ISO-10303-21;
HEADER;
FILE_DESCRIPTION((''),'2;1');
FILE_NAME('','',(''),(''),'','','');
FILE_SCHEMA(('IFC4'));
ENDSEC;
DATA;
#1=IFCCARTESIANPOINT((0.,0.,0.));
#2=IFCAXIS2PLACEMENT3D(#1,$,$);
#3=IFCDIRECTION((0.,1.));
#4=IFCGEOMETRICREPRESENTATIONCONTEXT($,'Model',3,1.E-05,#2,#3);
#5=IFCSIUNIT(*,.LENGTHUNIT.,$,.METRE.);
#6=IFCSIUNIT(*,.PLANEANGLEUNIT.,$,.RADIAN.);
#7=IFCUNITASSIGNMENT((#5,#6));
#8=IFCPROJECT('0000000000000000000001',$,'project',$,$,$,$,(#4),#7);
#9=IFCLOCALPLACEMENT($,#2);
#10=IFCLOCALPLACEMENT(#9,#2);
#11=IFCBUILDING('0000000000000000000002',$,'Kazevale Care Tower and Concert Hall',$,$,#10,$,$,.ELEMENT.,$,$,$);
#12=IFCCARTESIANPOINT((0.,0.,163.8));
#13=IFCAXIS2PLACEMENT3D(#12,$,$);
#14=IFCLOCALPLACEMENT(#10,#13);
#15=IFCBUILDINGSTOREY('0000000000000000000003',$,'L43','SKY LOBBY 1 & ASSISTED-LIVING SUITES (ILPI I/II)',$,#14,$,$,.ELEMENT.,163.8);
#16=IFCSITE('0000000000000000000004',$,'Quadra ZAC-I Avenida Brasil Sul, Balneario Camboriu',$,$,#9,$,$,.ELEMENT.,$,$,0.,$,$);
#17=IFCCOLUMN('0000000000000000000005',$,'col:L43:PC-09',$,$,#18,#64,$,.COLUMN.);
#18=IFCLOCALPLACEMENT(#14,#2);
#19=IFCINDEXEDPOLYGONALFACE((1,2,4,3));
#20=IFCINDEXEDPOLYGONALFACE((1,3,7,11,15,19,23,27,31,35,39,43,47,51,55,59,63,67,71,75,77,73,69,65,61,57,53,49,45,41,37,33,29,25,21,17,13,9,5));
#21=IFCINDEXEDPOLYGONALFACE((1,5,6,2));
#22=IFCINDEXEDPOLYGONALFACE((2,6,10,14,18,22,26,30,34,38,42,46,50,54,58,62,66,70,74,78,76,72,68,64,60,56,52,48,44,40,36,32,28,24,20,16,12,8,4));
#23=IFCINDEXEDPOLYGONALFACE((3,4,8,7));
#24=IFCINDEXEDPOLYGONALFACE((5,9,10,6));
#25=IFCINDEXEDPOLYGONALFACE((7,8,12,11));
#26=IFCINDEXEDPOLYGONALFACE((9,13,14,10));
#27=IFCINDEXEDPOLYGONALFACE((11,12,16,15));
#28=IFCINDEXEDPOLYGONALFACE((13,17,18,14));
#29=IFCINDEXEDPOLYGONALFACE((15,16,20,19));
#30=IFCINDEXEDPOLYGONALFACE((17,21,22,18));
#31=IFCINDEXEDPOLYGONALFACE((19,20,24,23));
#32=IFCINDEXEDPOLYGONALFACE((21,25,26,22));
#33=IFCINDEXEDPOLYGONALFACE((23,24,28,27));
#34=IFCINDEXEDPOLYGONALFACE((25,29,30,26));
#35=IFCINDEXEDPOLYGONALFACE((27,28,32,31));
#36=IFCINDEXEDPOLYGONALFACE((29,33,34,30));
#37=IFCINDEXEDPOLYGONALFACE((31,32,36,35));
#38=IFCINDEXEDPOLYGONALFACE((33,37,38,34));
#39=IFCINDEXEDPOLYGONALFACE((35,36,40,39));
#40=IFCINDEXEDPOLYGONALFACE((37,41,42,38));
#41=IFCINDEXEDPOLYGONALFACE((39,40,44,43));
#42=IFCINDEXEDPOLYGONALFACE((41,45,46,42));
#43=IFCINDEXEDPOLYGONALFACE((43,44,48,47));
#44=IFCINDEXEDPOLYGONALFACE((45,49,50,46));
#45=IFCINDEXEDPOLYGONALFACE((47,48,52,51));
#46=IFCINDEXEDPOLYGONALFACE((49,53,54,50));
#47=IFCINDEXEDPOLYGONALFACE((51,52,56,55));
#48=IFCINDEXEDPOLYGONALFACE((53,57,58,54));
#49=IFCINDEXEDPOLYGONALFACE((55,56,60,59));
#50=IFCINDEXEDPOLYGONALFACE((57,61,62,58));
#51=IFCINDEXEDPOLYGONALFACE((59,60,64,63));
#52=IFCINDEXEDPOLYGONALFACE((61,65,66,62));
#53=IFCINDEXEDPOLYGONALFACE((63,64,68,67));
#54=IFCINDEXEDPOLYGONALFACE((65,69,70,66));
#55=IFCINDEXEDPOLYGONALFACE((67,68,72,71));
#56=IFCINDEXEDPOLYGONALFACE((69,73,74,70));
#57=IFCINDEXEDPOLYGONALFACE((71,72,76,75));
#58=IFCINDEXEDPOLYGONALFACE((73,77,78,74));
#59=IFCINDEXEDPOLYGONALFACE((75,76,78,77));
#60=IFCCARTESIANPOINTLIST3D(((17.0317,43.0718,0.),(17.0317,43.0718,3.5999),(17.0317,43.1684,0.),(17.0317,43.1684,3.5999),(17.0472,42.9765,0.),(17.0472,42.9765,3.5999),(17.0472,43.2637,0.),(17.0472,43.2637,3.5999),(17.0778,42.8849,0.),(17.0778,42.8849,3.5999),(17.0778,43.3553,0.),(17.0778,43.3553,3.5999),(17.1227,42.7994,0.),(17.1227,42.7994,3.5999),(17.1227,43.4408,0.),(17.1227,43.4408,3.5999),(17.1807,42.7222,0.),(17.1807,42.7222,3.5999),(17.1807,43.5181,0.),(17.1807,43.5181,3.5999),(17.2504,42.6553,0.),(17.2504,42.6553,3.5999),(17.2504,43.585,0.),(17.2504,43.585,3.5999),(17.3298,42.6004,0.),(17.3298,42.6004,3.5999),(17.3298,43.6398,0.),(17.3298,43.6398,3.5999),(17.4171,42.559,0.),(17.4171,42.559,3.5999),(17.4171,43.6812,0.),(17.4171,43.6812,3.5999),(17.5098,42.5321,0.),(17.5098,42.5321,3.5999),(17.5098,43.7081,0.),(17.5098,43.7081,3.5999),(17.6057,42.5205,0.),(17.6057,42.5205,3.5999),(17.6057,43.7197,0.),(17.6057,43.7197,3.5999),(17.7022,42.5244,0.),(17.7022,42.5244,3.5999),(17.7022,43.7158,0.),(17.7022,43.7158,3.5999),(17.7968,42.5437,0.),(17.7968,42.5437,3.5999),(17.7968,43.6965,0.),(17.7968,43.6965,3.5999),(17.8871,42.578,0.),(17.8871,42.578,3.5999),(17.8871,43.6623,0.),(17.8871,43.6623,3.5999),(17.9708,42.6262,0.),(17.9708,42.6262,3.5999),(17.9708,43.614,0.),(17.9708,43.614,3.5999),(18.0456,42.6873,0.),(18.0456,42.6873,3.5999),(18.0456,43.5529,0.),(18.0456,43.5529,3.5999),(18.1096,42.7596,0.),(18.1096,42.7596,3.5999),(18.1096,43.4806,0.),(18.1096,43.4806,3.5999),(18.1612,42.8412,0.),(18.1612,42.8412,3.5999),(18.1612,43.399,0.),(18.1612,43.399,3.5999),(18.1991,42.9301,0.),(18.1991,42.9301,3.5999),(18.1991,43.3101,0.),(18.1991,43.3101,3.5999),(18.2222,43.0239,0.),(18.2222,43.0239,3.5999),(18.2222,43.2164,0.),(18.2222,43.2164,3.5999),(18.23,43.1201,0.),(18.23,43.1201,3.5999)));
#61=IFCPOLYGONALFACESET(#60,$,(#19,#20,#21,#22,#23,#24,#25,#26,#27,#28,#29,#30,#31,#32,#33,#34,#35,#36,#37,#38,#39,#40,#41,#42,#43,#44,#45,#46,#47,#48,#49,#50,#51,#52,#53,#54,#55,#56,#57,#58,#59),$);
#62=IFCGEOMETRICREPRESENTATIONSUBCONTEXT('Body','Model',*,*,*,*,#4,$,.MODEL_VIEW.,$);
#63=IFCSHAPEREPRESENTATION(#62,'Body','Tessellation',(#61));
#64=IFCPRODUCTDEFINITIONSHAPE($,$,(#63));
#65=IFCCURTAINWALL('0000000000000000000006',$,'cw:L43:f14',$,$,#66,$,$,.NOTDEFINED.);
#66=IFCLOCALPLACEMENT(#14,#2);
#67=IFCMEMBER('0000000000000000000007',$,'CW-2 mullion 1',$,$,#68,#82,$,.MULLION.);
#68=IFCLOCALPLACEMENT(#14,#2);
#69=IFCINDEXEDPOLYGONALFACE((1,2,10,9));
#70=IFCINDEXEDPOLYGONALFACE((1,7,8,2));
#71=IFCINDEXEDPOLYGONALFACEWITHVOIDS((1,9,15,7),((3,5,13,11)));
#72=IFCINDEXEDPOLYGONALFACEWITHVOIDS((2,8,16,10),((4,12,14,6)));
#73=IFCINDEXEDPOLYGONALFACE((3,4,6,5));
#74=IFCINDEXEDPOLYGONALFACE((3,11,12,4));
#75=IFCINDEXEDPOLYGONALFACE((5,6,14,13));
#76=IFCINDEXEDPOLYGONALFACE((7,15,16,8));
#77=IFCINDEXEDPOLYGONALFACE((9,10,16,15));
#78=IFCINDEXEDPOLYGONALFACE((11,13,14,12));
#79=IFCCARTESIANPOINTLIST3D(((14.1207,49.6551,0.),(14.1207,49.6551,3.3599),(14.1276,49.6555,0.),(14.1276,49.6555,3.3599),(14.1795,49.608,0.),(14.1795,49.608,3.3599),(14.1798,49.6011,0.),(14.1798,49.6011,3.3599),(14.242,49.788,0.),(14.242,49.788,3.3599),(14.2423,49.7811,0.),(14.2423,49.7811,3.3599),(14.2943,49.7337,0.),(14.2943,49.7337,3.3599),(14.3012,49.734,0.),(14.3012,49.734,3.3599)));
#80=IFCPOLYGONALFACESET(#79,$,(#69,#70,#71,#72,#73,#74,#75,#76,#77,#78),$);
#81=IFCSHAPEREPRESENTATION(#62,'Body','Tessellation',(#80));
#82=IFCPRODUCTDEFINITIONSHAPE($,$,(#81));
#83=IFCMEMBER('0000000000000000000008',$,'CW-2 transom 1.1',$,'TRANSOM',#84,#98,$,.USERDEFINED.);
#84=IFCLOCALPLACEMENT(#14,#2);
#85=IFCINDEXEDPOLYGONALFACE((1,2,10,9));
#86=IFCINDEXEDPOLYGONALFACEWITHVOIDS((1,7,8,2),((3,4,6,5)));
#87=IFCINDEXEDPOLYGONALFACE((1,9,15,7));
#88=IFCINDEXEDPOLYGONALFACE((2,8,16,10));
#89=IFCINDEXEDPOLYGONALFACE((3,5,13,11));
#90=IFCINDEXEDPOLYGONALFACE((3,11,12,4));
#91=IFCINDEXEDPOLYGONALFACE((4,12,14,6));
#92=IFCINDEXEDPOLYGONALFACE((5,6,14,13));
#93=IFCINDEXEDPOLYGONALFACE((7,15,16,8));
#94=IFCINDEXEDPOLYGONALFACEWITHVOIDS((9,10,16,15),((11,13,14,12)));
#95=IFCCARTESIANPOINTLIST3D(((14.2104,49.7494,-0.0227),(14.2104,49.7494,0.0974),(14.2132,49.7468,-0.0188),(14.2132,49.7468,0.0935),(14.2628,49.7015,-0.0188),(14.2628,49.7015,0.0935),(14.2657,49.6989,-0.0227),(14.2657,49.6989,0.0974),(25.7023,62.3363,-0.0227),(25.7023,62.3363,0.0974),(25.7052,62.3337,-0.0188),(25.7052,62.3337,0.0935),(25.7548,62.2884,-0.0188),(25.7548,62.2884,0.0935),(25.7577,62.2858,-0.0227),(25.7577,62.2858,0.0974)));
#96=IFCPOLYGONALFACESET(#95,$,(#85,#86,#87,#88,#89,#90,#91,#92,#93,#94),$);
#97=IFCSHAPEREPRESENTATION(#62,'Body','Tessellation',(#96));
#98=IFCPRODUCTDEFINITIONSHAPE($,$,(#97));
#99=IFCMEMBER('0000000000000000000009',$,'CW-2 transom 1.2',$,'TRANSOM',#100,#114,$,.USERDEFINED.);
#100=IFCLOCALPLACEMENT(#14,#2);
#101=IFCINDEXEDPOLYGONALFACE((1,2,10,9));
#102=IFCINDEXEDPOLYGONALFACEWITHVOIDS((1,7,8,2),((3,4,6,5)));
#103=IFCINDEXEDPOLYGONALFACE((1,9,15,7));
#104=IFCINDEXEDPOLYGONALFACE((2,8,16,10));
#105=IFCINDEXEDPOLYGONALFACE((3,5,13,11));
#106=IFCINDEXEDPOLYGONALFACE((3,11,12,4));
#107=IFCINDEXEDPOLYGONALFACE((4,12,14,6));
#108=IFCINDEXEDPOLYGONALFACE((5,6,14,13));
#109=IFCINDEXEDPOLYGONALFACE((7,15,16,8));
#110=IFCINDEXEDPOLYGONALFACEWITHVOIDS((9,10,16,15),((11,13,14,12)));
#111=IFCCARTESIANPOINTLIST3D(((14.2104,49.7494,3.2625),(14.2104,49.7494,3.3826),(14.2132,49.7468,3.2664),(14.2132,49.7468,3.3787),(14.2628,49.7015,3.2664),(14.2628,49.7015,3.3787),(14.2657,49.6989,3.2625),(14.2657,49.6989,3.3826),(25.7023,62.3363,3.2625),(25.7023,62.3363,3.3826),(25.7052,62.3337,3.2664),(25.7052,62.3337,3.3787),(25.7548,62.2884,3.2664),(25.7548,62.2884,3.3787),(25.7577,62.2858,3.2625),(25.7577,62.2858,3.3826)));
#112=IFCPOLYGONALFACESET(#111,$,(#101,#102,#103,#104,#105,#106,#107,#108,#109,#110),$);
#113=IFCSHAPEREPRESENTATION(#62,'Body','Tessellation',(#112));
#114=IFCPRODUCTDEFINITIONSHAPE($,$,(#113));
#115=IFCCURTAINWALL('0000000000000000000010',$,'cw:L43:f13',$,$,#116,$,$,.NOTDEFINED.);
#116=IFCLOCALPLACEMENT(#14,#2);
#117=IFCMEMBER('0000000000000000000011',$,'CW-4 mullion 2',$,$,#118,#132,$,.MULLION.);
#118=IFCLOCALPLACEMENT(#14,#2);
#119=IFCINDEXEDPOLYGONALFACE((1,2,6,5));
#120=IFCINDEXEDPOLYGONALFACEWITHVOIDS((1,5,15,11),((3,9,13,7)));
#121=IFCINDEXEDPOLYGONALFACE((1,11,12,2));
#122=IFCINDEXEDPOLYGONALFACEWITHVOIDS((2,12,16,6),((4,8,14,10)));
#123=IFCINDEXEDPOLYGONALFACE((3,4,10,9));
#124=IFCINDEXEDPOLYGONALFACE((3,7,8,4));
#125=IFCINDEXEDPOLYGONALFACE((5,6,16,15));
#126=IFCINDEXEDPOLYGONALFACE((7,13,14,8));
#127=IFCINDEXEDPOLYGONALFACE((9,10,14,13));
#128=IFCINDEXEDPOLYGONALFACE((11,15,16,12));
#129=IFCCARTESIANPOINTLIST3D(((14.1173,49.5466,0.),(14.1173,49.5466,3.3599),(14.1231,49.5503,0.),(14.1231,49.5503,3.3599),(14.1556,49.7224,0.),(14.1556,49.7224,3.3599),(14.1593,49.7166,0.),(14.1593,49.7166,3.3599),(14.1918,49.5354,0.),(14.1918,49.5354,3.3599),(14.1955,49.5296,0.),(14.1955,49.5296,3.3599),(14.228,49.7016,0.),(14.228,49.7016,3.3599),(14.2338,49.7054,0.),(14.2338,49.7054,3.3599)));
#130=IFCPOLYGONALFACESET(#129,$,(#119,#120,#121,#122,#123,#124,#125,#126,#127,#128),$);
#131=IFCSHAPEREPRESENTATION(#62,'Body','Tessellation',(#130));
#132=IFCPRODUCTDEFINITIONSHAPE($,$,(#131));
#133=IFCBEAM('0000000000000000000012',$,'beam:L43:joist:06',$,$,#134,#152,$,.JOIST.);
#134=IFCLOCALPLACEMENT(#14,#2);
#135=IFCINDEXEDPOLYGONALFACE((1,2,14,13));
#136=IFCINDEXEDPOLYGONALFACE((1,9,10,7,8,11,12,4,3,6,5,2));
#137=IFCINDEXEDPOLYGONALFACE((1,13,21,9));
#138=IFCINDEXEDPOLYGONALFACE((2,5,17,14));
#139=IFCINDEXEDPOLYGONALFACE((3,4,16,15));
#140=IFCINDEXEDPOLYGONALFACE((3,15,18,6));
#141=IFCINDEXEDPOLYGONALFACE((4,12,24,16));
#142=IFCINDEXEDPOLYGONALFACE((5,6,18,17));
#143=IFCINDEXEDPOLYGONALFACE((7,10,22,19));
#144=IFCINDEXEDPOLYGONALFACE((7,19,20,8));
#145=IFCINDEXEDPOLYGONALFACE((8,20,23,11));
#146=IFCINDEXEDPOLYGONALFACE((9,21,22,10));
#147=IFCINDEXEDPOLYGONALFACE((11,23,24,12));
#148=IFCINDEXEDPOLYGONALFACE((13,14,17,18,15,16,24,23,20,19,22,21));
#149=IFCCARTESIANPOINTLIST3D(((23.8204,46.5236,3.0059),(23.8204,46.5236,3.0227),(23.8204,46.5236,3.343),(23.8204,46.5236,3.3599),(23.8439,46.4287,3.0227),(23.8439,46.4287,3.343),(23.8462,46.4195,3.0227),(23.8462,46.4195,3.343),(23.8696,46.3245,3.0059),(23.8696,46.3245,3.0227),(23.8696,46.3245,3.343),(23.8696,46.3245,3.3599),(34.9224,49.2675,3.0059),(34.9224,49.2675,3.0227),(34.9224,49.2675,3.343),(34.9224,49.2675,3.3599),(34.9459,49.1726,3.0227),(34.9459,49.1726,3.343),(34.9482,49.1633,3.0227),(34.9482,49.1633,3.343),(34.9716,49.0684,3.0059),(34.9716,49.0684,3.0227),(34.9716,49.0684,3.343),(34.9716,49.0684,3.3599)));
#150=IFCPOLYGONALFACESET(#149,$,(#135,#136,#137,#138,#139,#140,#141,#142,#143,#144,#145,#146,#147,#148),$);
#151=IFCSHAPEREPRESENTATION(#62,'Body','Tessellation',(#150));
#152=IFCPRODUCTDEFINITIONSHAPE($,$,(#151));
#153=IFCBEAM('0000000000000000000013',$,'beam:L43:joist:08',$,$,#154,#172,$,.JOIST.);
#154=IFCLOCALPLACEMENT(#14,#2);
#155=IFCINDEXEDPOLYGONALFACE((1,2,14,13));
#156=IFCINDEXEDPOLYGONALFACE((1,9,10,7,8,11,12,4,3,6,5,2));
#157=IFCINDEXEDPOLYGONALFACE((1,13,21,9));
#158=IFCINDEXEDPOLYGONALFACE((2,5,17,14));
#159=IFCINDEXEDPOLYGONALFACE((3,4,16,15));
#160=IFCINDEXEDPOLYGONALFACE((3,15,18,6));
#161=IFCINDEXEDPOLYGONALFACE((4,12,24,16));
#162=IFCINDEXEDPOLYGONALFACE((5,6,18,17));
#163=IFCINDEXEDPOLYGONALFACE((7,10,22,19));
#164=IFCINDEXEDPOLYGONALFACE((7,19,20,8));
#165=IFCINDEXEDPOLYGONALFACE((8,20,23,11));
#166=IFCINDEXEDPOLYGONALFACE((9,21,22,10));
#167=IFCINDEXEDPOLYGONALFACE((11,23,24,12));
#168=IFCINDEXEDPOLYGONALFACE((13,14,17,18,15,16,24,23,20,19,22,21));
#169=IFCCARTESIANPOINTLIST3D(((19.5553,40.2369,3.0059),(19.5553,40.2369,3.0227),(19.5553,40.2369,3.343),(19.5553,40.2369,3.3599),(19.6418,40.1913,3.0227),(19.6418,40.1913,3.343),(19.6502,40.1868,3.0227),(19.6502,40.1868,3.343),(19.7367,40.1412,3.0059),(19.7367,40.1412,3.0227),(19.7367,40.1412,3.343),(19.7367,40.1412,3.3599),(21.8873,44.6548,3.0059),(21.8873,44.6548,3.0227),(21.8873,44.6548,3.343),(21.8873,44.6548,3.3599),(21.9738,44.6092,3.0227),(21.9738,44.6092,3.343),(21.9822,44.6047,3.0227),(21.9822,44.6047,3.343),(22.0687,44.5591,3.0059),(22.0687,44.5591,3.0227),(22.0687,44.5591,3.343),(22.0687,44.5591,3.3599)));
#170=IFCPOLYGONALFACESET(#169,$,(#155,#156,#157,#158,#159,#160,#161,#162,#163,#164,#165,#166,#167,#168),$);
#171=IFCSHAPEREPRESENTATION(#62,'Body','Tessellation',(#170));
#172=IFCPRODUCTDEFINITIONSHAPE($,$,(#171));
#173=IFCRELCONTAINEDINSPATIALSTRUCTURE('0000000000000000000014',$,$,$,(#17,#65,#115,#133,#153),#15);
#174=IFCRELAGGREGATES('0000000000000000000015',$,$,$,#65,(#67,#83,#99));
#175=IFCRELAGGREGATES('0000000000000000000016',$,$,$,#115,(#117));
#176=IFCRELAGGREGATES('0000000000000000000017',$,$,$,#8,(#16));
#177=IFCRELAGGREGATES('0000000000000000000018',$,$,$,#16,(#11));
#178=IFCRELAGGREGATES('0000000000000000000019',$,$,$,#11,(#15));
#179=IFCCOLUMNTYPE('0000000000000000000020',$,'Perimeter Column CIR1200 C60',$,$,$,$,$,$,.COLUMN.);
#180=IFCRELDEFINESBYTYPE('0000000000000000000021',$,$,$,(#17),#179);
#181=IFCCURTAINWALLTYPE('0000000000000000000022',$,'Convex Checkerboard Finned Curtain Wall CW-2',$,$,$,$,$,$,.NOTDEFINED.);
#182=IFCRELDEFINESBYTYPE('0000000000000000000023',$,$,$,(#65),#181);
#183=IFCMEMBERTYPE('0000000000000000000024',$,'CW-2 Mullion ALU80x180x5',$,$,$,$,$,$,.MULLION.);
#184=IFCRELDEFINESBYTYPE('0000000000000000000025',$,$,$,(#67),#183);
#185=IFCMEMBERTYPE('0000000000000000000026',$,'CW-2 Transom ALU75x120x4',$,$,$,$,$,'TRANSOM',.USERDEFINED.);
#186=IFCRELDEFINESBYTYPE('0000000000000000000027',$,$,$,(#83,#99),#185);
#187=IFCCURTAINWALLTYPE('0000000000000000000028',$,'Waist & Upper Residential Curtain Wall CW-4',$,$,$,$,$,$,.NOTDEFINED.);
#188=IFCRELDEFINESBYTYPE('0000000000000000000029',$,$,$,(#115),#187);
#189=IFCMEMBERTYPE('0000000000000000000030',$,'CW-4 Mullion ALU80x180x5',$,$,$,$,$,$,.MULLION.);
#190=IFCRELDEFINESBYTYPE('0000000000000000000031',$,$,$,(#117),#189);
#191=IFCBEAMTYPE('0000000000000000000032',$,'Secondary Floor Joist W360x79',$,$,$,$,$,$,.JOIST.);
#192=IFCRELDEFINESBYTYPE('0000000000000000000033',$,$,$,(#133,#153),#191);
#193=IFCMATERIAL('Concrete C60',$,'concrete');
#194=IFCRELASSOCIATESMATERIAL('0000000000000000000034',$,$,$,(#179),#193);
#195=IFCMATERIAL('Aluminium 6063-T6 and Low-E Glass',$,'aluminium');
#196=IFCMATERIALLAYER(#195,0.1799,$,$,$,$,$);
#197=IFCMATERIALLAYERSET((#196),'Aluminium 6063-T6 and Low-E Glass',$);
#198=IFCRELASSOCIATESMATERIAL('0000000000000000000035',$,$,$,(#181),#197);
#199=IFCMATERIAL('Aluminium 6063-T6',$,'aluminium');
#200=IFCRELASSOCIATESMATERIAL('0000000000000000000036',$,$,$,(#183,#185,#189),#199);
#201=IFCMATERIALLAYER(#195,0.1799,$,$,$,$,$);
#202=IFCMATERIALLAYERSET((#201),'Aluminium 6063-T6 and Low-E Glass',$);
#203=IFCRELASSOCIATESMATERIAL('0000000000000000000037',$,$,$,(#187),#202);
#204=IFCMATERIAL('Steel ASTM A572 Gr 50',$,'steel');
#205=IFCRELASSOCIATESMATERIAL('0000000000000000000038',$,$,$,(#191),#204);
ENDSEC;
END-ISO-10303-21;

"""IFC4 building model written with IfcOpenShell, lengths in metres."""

from ifc_helpers import new_model, si_unit, direction, frame, origin, origin_2d, place, context, subcontext, project, spatial, hollow_rectangle, circle, i_section, extrude, material, layer, layer_set, material_profile, profile_set, type_object, element, aggregate, save


model = new_model("IFC4")

# Units and contexts
model_context = context("Model", 3, precision=1e-05, world=origin(), true_north=direction((0.0, 1.0)))
body_context = subcontext(model_context, "Body", "Model", "MODEL_VIEW")
ifc_project = project(units=[si_unit("LENGTHUNIT", "METRE"), si_unit("PLANEANGLEUNIT", "RADIAN")], contexts=[model_context])

# Site, building, storey
site_placement = place(None, origin())
site = spatial("IfcSite", under=ifc_project, at=site_placement, Name="Quadra ZAC-I Avenida Brasil Sul, Balneario Camboriu", CompositionType="ELEMENT", RefElevation=0.0)
building_placement = place(site_placement, origin())
building = spatial("IfcBuilding", under=site, at=building_placement, Name="Kazevale Care Tower and Concert Hall", CompositionType="ELEMENT")
storey_placement = place(building_placement, frame((0.0, 0.0, 163.8)))
storey = spatial("IfcBuildingStorey", under=building, at=storey_placement, Name="L43", Description="SKY LOBBY 1 & ASSISTED-LIVING SUITES (ILPI I/II)", CompositionType="ELEMENT", Elevation=163.8)

# Column
ifc_material_1 = material(Name="Concrete C60", Category="concrete")
ifc_material_profile_1 = material_profile(ifc_material_1, circle(Radius=0.6001, at=origin_2d()), Name="RC-CIR1200")
ifc_profile_set_1 = profile_set([ifc_material_profile_1], Name="Concrete C60")
column_type = type_object("IfcColumnType", Name="Perimeter Column CIR1200 C60", PredefinedType="COLUMN", material=ifc_profile_set_1)
column_placement = place(storey_placement, frame((17.6299, 43.1201, 0.0), z_axis=(0.0, 0.0, 1.0), x_axis=(1.0, 0.0, 0.0)))
element("IfcColumn", 1, at=column_placement, inside=storey, type_object=column_type, Name="col:L43:PC-09", PredefinedType="COLUMN", context=body_context, shape_type="SweptSolid", body=[
    extrude(circle(Radius=0.6001, at=origin_2d()), origin(), (0.0, 0.0, 1.0), 3.5999),
])

# Curtain wall, members
ifc_material_2 = material(Name="Aluminium 6063-T6 and Low-E Glass", Category="aluminium")
ifc_layer_1 = layer(ifc_material_2, 0.1799)
ifc_layer_set_1 = layer_set([ifc_layer_1], Name="Aluminium 6063-T6 and Low-E Glass")
curtain_wall_type_1 = type_object("IfcCurtainWallType", Name="Convex Checkerboard Finned Curtain Wall CW-2", PredefinedType="NOTDEFINED", material=ifc_layer_set_1)
curtain_wall_1_placement = place(storey_placement, origin())
curtain_wall_1 = element("IfcCurtainWall", 2, at=curtain_wall_1_placement, inside=storey, type_object=curtain_wall_type_1, Name="cw:L43:f14", PredefinedType="NOTDEFINED")
ifc_material_3 = material(Name="Aluminium 6063-T6", Category="aluminium")
ifc_material_profile_2 = material_profile(ifc_material_3, hollow_rectangle(XDim=0.0801, YDim=0.1799, WallThickness=0.0049, at=origin_2d()), Name="ALU80x180x5")
ifc_profile_set_2 = profile_set([ifc_material_profile_2], Name="Aluminium 6063-T6")
member_type_1 = type_object("IfcMemberType", Name="CW-2 Mullion ALU80x180x5", PredefinedType="MULLION", material=ifc_profile_set_2)
member_1_placement = place(storey_placement, frame((14.2109, 49.6946, 0.0), z_axis=(0.0, 0.0, 1.0), x_axis=(-0.738492, 0.674262, 0.0)))
member_1 = element("IfcMember", 3, at=member_1_placement, type_object=member_type_1, Name="CW-2 mullion 1", PredefinedType="MULLION", context=body_context, shape_type="SweptSolid", body=[
    extrude(hollow_rectangle(XDim=0.0801, YDim=0.1799, WallThickness=0.0049, at=origin_2d()), origin(), (0.0, 0.0, 1.0), 3.3599),
])
ifc_material_profile_3 = material_profile(ifc_material_3, hollow_rectangle(XDim=0.075, YDim=0.1201, WallThickness=0.0039, at=origin_2d()), Name="ALU75x120x4")
ifc_profile_set_3 = profile_set([ifc_material_profile_3], Name="Aluminium 6063-T6")
member_type_2 = type_object("IfcMemberType", Name="CW-2 Transom ALU75x120x4", ElementType="TRANSOM", PredefinedType="USERDEFINED", material=ifc_profile_set_3)
member_2_placement = place(storey_placement, frame((14.238, 49.7241, 0.0374), z_axis=(0.674255, 0.738499, 0.0), x_axis=(-0.738499, 0.674255, 0.0)))
member_2 = element("IfcMember", 4, at=member_2_placement, type_object=member_type_2, Name="CW-2 transom 1.1", ObjectType="TRANSOM", PredefinedType="USERDEFINED", context=body_context, shape_type="SweptSolid", body=[
    extrude(hollow_rectangle(XDim=0.075, YDim=0.1201, WallThickness=0.0039, at=origin_2d()), origin(), (0.0, 0.0, 1.0), 17.0439),
])
member_3_placement = place(storey_placement, frame((14.238, 49.7241, 3.3225), z_axis=(0.674255, 0.738499, 0.0), x_axis=(-0.738499, 0.674255, 0.0)))
member_3 = element("IfcMember", 5, at=member_3_placement, type_object=member_type_2, Name="CW-2 transom 1.2", ObjectType="TRANSOM", PredefinedType="USERDEFINED", context=body_context, shape_type="SweptSolid", body=[
    extrude(hollow_rectangle(XDim=0.075, YDim=0.1201, WallThickness=0.0039, at=origin_2d()), origin(), (0.0, 0.0, 1.0), 17.0439),
])
aggregate(curtain_wall_1, [member_1, member_2, member_3])

# Curtain wall, member
ifc_layer_2 = layer(ifc_material_2, 0.1799)
ifc_layer_set_2 = layer_set([ifc_layer_2], Name="Aluminium 6063-T6 and Low-E Glass")
curtain_wall_type_2 = type_object("IfcCurtainWallType", Name="Waist & Upper Residential Curtain Wall CW-4", PredefinedType="NOTDEFINED", material=ifc_layer_set_2)
curtain_wall_2_placement = place(storey_placement, origin())
curtain_wall_2 = element("IfcCurtainWall", 6, at=curtain_wall_2_placement, inside=storey, type_object=curtain_wall_type_2, Name="cw:L43:f13", PredefinedType="NOTDEFINED")
ifc_material_profile_4 = material_profile(ifc_material_3, hollow_rectangle(XDim=0.0801, YDim=0.1799, WallThickness=0.0049, at=origin_2d()), Name="ALU80x180x5")
ifc_profile_set_4 = profile_set([ifc_material_profile_4], Name="Aluminium 6063-T6")
member_type_3 = type_object("IfcMemberType", Name="CW-4 Mullion ALU80x180x5", PredefinedType="MULLION", material=ifc_profile_set_4)
member_4_placement = place(storey_placement, frame((14.1755, 49.626, 0.0), z_axis=(0.0, 0.0, 1.0), x_axis=(-0.977091, 0.212823, 0.0)))
member_4 = element("IfcMember", 7, at=member_4_placement, type_object=member_type_3, Name="CW-4 mullion 2", PredefinedType="MULLION", context=body_context, shape_type="SweptSolid", body=[
    extrude(hollow_rectangle(XDim=0.0801, YDim=0.1799, WallThickness=0.0049, at=origin_2d()), origin(), (0.0, 0.0, 1.0), 3.3599),
])

# Beams
ifc_material_4 = material(Name="Steel ASTM A572 Gr 50", Category="steel")
ifc_material_profile_5 = material_profile(ifc_material_4, i_section(OverallWidth=0.2051, OverallDepth=0.354, WebThickness=0.0095, FlangeThickness=0.0168, at=origin_2d()), Name="W360x79")
ifc_profile_set_5 = profile_set([ifc_material_profile_5], Name="Steel ASTM A572 Gr 50")
beam_type_1 = type_object("IfcBeamType", Name="Secondary Floor Joist W360x79", PredefinedType="JOIST", material=ifc_profile_set_5)
beam_1_placement = place(storey_placement, frame((34.947, 49.168, 3.1829), z_axis=(-0.97079, -0.239933, 0.0), x_axis=(0.239933, -0.97079, 0.0)))
element("IfcBeam", 8, at=beam_1_placement, inside=storey, type_object=beam_type_1, Name="beam:L43:joist:06", PredefinedType="JOIST", context=body_context, shape_type="SweptSolid", body=[
    extrude(i_section(OverallWidth=0.2051, OverallDepth=0.354, WebThickness=0.0095, FlangeThickness=0.0168, at=origin_2d()), origin(), (0.0, 0.0, 1.0), 11.436),
])
beam_2_placement = place(storey_placement, frame((21.978, 44.6069, 3.1829), z_axis=(-0.46681, -0.884358, 0.0), x_axis=(0.884358, -0.46681, 0.0)))
element("IfcBeam", 9, at=beam_2_placement, inside=storey, type_object=beam_type_1, Name="beam:L43:joist:08", PredefinedType="JOIST", context=body_context, shape_type="SweptSolid", body=[
    extrude(i_section(OverallWidth=0.2051, OverallDepth=0.354, WebThickness=0.0095, FlangeThickness=0.0168, at=origin_2d()), origin(), (0.0, 0.0, 1.0), 4.9956),
])

aggregate(curtain_wall_2, [member_4])

save(model, "model.ifc")
